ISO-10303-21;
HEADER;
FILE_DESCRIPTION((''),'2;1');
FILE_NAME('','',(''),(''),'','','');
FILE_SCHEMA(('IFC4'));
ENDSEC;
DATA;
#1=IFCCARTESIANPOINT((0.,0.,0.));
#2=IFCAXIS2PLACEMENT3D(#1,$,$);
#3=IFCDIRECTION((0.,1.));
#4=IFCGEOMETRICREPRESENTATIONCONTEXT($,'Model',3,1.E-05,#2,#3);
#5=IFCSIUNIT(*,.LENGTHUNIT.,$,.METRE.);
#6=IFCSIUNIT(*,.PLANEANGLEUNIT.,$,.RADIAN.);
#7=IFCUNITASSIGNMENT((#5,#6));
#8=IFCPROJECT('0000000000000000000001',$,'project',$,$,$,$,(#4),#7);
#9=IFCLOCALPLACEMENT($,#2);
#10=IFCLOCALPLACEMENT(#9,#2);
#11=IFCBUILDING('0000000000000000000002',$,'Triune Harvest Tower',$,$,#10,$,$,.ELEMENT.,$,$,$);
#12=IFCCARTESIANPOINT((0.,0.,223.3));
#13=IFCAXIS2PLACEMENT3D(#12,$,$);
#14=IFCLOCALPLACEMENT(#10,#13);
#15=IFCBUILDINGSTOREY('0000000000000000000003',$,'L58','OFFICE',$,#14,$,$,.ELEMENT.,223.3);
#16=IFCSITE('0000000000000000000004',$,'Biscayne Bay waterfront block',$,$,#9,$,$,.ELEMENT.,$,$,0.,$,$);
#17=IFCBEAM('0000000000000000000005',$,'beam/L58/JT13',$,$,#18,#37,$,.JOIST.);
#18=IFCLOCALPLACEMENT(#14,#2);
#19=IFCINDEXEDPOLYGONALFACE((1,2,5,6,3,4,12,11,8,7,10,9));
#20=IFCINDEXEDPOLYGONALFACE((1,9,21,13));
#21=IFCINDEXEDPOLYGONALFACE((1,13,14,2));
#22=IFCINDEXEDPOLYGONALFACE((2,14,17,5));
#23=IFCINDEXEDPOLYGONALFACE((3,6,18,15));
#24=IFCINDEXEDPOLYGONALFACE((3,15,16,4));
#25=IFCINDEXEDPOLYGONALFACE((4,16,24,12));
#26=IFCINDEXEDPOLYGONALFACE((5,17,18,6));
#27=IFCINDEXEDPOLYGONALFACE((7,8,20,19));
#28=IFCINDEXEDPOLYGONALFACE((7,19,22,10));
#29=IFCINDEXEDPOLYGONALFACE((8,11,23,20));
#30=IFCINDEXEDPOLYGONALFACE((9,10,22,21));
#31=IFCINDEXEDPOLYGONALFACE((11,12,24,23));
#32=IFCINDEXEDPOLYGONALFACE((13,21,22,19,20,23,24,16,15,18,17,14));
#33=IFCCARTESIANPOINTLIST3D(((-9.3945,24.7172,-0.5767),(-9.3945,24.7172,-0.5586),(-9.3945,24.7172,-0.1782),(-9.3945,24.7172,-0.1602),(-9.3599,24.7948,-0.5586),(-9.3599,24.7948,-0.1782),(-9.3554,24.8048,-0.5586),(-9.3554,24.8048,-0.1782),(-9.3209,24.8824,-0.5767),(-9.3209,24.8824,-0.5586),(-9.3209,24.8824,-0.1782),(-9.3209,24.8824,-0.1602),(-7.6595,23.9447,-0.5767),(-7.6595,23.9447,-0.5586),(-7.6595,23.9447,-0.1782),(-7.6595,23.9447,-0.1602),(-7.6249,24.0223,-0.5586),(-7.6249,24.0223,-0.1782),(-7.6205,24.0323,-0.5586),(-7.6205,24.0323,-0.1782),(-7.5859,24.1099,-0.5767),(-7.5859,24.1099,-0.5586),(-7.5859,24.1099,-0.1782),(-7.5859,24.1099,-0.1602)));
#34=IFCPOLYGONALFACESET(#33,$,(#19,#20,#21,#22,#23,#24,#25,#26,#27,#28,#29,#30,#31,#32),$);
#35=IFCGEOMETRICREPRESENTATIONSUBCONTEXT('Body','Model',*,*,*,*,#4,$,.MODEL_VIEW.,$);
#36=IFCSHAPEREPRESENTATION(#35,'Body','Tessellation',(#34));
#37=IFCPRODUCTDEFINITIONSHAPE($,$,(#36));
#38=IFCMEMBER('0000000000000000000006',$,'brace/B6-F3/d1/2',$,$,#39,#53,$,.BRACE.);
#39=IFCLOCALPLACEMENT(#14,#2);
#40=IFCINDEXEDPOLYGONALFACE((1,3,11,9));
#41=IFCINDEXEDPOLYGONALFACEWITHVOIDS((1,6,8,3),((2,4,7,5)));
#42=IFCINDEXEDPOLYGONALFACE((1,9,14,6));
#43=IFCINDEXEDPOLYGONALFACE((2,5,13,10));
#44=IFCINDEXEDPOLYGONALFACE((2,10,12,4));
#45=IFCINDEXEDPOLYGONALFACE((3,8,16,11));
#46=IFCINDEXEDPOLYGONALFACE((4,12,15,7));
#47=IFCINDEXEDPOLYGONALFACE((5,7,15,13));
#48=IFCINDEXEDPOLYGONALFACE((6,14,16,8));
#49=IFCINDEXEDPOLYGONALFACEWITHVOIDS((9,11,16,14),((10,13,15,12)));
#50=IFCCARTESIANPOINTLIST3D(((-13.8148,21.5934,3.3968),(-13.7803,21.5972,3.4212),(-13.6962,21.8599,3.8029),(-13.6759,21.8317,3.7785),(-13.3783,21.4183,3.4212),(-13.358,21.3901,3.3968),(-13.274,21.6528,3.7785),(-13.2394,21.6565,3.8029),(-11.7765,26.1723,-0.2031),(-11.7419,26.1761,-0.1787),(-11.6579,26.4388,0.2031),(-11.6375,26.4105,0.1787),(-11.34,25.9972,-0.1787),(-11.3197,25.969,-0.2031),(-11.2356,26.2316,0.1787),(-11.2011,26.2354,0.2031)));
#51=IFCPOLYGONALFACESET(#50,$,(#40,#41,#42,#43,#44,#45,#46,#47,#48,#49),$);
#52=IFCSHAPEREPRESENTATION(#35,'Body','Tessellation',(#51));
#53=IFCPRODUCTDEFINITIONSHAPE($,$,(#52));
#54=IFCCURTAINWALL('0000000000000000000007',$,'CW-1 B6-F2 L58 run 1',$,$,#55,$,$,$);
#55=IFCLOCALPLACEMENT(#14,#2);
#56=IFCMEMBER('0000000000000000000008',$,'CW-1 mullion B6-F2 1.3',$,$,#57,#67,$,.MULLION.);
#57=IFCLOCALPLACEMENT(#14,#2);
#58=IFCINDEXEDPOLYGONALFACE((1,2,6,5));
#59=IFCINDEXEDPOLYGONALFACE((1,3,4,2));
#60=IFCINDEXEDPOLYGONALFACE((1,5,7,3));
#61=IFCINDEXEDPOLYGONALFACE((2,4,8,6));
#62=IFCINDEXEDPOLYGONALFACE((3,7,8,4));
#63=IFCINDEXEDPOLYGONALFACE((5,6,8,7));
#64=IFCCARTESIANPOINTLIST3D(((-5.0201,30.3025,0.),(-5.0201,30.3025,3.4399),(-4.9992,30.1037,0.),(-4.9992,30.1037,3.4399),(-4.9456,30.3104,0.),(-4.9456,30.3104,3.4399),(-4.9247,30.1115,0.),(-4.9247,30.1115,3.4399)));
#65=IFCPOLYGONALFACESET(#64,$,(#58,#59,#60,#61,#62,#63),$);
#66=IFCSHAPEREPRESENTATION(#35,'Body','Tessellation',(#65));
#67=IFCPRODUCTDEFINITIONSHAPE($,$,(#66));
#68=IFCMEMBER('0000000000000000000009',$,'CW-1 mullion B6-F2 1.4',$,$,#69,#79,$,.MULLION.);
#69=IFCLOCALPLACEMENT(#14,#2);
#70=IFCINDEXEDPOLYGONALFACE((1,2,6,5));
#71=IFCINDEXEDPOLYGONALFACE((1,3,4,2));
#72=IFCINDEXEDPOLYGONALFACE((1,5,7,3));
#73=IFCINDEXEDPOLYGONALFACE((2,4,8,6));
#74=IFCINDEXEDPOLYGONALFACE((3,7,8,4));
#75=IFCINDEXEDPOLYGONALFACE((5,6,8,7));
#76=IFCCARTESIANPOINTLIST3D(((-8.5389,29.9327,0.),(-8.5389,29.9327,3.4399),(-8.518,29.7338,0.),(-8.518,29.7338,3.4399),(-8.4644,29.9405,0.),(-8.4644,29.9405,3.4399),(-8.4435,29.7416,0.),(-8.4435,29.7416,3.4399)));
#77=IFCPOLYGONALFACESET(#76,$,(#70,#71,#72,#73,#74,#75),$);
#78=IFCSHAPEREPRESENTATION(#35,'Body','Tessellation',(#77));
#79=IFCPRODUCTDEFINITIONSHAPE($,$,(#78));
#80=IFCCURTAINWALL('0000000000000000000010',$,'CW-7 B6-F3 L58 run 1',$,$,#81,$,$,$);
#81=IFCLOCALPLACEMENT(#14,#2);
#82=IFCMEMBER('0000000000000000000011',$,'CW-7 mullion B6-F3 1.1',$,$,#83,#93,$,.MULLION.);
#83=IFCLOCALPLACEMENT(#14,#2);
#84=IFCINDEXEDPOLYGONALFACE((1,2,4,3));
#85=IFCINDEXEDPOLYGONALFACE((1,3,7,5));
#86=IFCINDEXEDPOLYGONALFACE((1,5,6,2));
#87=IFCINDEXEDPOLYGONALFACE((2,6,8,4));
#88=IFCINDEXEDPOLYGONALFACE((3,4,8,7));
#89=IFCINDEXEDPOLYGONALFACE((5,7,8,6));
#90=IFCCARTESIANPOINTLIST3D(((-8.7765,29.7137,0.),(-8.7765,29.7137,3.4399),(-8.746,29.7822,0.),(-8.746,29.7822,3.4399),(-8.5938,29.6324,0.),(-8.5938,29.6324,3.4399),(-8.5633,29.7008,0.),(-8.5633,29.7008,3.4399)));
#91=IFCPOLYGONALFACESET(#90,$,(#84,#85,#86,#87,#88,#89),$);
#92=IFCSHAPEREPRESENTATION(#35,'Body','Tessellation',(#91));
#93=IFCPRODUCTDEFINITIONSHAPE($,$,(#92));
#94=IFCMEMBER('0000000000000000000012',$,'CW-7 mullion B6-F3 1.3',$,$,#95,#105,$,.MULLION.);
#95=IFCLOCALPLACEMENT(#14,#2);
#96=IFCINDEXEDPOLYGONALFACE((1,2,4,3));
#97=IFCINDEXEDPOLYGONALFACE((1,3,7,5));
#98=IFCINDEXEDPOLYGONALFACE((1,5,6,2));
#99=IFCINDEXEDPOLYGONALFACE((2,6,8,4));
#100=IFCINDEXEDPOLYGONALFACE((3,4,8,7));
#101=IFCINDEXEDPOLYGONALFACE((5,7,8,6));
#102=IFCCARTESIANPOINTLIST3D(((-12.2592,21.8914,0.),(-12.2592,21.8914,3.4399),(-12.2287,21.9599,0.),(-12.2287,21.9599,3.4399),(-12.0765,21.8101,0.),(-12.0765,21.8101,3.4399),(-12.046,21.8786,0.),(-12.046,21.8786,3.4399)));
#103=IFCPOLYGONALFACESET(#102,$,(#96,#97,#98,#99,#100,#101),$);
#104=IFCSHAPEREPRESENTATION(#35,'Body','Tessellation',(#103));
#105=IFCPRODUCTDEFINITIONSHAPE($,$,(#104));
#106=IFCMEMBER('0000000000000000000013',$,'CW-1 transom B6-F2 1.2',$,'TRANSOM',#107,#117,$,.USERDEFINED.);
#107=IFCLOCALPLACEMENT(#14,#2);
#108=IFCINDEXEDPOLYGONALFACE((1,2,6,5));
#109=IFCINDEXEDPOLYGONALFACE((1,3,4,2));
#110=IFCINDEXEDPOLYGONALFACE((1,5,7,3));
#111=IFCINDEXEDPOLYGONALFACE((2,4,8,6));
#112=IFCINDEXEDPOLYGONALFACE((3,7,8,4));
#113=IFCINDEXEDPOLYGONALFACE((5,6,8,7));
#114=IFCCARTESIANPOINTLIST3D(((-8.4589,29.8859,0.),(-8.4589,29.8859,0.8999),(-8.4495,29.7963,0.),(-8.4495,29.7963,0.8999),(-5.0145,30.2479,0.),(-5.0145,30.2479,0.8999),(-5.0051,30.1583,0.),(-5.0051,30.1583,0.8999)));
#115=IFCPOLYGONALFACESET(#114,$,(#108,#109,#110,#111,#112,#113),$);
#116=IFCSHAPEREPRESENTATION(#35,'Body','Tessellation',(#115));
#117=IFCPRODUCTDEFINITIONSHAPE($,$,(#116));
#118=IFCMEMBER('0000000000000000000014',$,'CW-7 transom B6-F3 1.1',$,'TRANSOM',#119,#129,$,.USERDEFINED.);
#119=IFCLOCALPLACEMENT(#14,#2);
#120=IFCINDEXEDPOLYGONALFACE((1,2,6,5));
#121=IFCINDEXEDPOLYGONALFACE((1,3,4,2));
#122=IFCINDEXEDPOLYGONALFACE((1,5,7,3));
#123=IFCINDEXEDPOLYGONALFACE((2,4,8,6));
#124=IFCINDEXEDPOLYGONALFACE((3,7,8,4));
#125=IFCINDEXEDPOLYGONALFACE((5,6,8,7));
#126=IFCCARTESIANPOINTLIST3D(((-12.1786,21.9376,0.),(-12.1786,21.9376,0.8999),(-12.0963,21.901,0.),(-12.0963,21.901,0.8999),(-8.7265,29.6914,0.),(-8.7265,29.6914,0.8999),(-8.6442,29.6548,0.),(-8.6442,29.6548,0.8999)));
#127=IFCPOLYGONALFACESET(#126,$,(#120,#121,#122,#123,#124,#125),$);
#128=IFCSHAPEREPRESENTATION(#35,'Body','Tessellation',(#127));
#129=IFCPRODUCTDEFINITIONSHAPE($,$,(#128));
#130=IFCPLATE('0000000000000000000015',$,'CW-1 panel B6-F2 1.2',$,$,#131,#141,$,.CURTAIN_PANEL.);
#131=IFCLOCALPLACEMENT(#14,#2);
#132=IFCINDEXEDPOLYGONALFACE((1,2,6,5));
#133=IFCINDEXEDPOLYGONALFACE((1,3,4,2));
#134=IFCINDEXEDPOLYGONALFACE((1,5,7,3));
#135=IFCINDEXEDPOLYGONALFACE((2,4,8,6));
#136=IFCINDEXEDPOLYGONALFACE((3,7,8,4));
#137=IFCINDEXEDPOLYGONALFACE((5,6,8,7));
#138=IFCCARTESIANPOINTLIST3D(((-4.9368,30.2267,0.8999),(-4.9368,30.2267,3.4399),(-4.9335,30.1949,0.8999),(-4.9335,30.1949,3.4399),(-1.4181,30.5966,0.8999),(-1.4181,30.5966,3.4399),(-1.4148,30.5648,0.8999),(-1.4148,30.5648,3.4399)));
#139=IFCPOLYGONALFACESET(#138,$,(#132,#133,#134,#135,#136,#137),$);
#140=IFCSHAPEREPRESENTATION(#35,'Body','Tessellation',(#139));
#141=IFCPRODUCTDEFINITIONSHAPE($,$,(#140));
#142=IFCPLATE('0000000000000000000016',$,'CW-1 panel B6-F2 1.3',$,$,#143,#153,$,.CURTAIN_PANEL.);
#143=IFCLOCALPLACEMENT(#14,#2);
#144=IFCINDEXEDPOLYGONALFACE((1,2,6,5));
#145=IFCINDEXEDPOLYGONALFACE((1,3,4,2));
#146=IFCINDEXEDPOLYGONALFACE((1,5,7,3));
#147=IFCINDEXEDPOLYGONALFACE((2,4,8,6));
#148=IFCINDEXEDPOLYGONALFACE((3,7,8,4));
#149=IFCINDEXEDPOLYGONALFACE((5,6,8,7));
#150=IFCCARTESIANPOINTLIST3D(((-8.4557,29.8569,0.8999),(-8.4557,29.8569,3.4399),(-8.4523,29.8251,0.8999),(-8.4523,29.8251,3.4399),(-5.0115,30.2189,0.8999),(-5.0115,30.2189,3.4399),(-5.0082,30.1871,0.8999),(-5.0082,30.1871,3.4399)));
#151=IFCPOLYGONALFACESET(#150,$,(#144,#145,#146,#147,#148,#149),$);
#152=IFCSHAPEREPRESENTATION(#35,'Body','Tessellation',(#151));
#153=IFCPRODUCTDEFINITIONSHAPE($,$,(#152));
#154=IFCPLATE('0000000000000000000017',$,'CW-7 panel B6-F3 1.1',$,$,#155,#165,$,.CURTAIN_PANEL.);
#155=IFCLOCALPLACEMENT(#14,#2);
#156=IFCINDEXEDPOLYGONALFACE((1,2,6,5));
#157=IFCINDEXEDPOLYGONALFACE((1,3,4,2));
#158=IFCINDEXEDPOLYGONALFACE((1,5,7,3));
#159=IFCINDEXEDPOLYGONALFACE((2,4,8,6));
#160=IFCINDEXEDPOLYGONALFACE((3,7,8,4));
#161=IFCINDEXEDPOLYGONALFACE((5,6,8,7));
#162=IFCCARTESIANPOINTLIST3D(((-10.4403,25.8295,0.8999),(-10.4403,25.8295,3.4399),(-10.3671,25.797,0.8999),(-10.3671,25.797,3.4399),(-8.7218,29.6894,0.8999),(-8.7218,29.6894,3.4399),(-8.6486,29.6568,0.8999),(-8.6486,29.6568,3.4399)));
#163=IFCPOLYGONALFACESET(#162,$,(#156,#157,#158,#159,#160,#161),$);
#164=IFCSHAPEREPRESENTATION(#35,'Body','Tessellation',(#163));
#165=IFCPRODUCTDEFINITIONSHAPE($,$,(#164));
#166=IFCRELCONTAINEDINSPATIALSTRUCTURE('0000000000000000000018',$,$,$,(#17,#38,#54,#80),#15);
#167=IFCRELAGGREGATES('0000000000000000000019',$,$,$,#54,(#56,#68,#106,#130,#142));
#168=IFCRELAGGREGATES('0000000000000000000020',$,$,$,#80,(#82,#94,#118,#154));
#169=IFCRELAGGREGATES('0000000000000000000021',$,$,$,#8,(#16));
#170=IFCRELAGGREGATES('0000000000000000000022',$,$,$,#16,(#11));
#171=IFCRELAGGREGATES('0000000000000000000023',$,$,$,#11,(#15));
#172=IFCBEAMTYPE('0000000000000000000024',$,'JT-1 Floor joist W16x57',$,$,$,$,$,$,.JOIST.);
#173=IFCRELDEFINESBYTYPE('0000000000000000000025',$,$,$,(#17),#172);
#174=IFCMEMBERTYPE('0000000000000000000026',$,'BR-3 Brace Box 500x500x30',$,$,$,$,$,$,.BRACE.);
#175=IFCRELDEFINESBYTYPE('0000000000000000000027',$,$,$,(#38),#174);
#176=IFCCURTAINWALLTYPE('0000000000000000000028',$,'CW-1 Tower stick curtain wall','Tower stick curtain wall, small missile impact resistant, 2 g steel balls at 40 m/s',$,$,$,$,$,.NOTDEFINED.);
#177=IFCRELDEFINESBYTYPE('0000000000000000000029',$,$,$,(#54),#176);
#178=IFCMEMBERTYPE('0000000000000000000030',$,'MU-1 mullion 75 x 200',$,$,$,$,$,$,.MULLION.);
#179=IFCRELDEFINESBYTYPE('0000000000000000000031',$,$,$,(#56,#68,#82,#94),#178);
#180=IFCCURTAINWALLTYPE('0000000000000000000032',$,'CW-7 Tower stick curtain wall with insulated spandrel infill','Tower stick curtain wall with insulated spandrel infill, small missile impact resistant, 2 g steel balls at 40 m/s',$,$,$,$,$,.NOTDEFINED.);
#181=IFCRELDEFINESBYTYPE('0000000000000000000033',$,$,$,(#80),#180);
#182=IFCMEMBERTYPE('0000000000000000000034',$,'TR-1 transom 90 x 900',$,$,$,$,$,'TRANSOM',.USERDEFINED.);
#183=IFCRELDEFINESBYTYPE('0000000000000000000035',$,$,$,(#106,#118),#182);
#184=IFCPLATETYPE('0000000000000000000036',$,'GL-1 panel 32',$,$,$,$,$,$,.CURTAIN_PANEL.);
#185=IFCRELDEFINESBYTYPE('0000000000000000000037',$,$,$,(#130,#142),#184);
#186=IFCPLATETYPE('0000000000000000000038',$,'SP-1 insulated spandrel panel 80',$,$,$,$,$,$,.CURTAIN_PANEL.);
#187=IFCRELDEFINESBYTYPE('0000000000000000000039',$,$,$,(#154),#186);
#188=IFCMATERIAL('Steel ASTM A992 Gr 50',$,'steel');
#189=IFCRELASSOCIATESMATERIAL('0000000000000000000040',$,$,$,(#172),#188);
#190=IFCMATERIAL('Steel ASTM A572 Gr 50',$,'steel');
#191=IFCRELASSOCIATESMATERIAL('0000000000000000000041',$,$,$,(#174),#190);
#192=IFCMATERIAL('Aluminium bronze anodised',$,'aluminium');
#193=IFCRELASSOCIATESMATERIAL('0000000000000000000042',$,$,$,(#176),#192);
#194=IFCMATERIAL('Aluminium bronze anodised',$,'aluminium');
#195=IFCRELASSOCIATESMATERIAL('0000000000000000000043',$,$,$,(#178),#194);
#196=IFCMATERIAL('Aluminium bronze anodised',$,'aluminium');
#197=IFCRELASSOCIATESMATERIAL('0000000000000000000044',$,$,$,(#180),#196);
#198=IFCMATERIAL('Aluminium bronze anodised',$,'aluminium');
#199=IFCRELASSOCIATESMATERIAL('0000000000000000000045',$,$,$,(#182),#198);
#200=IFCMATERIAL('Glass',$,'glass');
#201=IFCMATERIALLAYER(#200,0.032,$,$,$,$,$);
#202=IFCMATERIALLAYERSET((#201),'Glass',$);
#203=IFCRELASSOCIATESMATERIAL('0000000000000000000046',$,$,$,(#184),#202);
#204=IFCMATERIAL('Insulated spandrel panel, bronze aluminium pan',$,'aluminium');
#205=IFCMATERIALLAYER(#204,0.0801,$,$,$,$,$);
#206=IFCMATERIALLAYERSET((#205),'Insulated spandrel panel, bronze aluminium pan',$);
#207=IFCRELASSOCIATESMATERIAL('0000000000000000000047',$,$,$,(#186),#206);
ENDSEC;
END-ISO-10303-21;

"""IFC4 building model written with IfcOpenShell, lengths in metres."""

from ifc_helpers import new_model, si_unit, direction, frame, origin, origin_2d, place, context, subcontext, project, spatial, rectangle, hollow_rectangle, i_section, extrude, source, transform, mapped, material, layer, layer_set, material_profile, profile_set, type_object, element, aggregate, save


model = new_model("IFC4")

# Units and contexts
model_context = context("Model", 3, precision=1e-05, world=origin(), true_north=direction((0.0, 1.0)))
body_context = subcontext(model_context, "Body", "Model", "MODEL_VIEW")
ifc_project = project(units=[si_unit("LENGTHUNIT", "METRE"), si_unit("PLANEANGLEUNIT", "RADIAN")], contexts=[model_context])

# Site, building, storey
site_placement = place(None, origin())
site = spatial("IfcSite", under=ifc_project, at=site_placement, Name="Biscayne Bay waterfront block", CompositionType="ELEMENT", RefElevation=0.0)
building_placement = place(site_placement, origin())
building = spatial("IfcBuilding", under=site, at=building_placement, Name="Triune Harvest Tower", CompositionType="ELEMENT")
storey_placement = place(building_placement, frame((0.0, 0.0, 223.3)))
storey = spatial("IfcBuildingStorey", under=building, at=storey_placement, Name="L58", Description="OFFICE", CompositionType="ELEMENT", Elevation=223.3)

# Beam
ifc_material_1 = material(Name="Steel ASTM A992 Gr 50", Category="steel")
ifc_material_profile_1 = material_profile(ifc_material_1, i_section(OverallWidth=0.1809, OverallDepth=0.4165, WebThickness=0.011, FlangeThickness=0.0181, at=origin_2d()), Name="W16x57")
ifc_profile_set_1 = profile_set([ifc_material_profile_1], Name="Steel ASTM A992 Gr 50")
beam_type_1 = type_object("IfcBeamType", Name="JT-1 Floor joist W16x57", PredefinedType="JOIST", material=ifc_profile_set_1)
shared_shape_1 = source(origin(), body_context, "Body", "SweptSolid", [
    extrude(i_section(OverallWidth=0.1809, OverallDepth=0.4165, WebThickness=0.011, FlangeThickness=0.0181, at=origin_2d()), origin(), (0.0, 0.0, 1.0), 1.8992),
])
beam_1_placement = place(storey_placement, frame((-9.3577, 24.7998, -0.3684), z_axis=(0.913536, -0.406759, 0.0), x_axis=(0.406759, 0.913536, 0.0)))
element("IfcBeam", 1, at=beam_1_placement, inside=storey, type_object=beam_type_1, Name="beam/L58/JT13", PredefinedType="JOIST", context=body_context, shape_type="MappedRepresentation", body=[
    mapped(shared_shape_1, transform((0.0, 0.0, 0.0), scale=1.0)),
])

# Member
ifc_material_2 = material(Name="Steel ASTM A572 Gr 50", Category="steel")
ifc_material_profile_2 = material_profile(ifc_material_2, hollow_rectangle(XDim=0.5, YDim=0.5, WallThickness=0.03, at=origin_2d()), Name="Box 500x500x30")
ifc_profile_set_2 = profile_set([ifc_material_profile_2], Name="Steel ASTM A572 Gr 50")
member_type_1 = type_object("IfcMemberType", Name="BR-3 Brace Box 500x500x30", PredefinedType="BRACE", material=ifc_profile_set_2)
shared_shape_2 = source(origin(), body_context, "Body", "SweptSolid", [
    extrude(hollow_rectangle(XDim=0.5, YDim=0.5, WallThickness=0.03, at=origin_2d()), origin(), (0.0, 0.0, 1.0), 6.1709),
])
member_1_placement = place(storey_placement, frame((-11.4888, 26.2039, 0.0), z_axis=(-0.330315, -0.742011, 0.583362), x_axis=(0.913568, -0.406685, 0.0)))
element("IfcMember", 2, at=member_1_placement, inside=storey, type_object=member_type_1, Name="brace/B6-F3/d1/2", PredefinedType="BRACE", context=body_context, shape_type="MappedRepresentation", body=[
    mapped(shared_shape_2, transform((0.0, 0.0, 0.0), scale=1.0)),
])

# Curtain walls, members
ifc_material_3 = material(Name="Aluminium bronze anodised", Category="aluminium")
curtain_wall_type_1 = type_object("IfcCurtainWallType", Name="CW-1 Tower stick curtain wall", Description="Tower stick curtain wall, small missile impact resistant, 2 g steel balls at 40 m/s", PredefinedType="NOTDEFINED", material=ifc_material_3)
curtain_wall_1_placement = place(storey_placement, origin())
curtain_wall_1 = element("IfcCurtainWall", 3, at=curtain_wall_1_placement, inside=storey, type_object=curtain_wall_type_1, Name="CW-1 B6-F2 L58 run 1")
ifc_material_4 = material(Name="Aluminium bronze anodised", Category="aluminium")
ifc_material_profile_3 = material_profile(ifc_material_4, rectangle(XDim=0.2, YDim=0.075, at=origin_2d()), Name="MU-1 mullion 75 x 200")
ifc_profile_set_3 = profile_set([ifc_material_profile_3], Name="Aluminium bronze anodised")
member_type_2 = type_object("IfcMemberType", Name="MU-1 mullion 75 x 200", PredefinedType="MULLION", material=ifc_profile_set_3)
shared_shape_3 = source(origin(), body_context, "Body", "SweptSolid", [
    extrude(rectangle(XDim=0.2, YDim=0.075, at=origin_2d()), origin(), (0.0, 0.0, 1.0), 3.4399),
])
member_2_placement = place(storey_placement, frame((-4.9724, 30.207, 0.0), z_axis=(0.0, 0.0, 1.0), x_axis=(0.10453, -0.994522, 0.0)))
member_2 = element("IfcMember", 4, at=member_2_placement, type_object=member_type_2, Name="CW-1 mullion B6-F2 1.3", PredefinedType="MULLION", context=body_context, shape_type="MappedRepresentation", body=[
    mapped(shared_shape_3, transform((0.0, 0.0, 0.0), scale=1.0)),
])
member_3_placement = place(storey_placement, frame((-8.4912, 29.8372, 0.0), z_axis=(0.0, 0.0, 1.0), x_axis=(0.10453, -0.994522, 0.0)))
member_3 = element("IfcMember", 5, at=member_3_placement, type_object=member_type_2, Name="CW-1 mullion B6-F2 1.4", PredefinedType="MULLION", context=body_context, shape_type="MappedRepresentation", body=[
    mapped(shared_shape_3, transform((0.0, 0.0, 0.0), scale=1.0)),
])
ifc_material_5 = material(Name="Aluminium bronze anodised", Category="aluminium")
curtain_wall_type_2 = type_object("IfcCurtainWallType", Name="CW-7 Tower stick curtain wall with insulated spandrel infill", Description="Tower stick curtain wall with insulated spandrel infill, small missile impact resistant, 2 g steel balls at 40 m/s", PredefinedType="NOTDEFINED", material=ifc_material_5)
curtain_wall_2_placement = place(storey_placement, origin())
curtain_wall_2 = element("IfcCurtainWall", 6, at=curtain_wall_2_placement, inside=storey, type_object=curtain_wall_type_2, Name="CW-7 B6-F3 L58 run 1")
member_4_placement = place(storey_placement, frame((-8.6699, 29.7073, 0.0), z_axis=(0.0, 0.0, 1.0), x_axis=(0.913546, -0.406736, 0.0)))
member_4 = element("IfcMember", 7, at=member_4_placement, type_object=member_type_2, Name="CW-7 mullion B6-F3 1.1", PredefinedType="MULLION", context=body_context, shape_type="MappedRepresentation", body=[
    mapped(shared_shape_3, transform((0.0, 0.0, 0.0), scale=1.0)),
])
member_5_placement = place(storey_placement, frame((-12.1526, 21.885, 0.0), z_axis=(0.0, 0.0, 1.0), x_axis=(0.913546, -0.406736, 0.0)))
member_5 = element("IfcMember", 8, at=member_5_placement, type_object=member_type_2, Name="CW-7 mullion B6-F3 1.3", PredefinedType="MULLION", context=body_context, shape_type="MappedRepresentation", body=[
    mapped(shared_shape_3, transform((0.0, 0.0, 0.0), scale=1.0)),
])

# Members
ifc_material_6 = material(Name="Aluminium bronze anodised", Category="aluminium")
ifc_material_profile_4 = material_profile(ifc_material_6, rectangle(XDim=0.0901, YDim=0.8999, at=origin_2d()), Name="TR-1 transom 90 x 900")
ifc_profile_set_4 = profile_set([ifc_material_profile_4], Name="Aluminium bronze anodised")
member_type_3 = type_object("IfcMemberType", Name="TR-1 transom 90 x 900", ElementType="TRANSOM", PredefinedType="USERDEFINED", material=ifc_profile_set_4)
shared_shape_4 = source(origin(), body_context, "Body", "SweptSolid", [
    extrude(rectangle(XDim=0.0901, YDim=0.8999, at=origin_2d()), origin(), (0.0, 0.0, 1.0), 3.4634),
])
member_6_placement = place(storey_placement, frame((-5.0098, 30.2031, 0.45), z_axis=(-0.994521, -0.104542, 0.0), x_axis=(0.104542, -0.994521, 0.0)))
member_6 = element("IfcMember", 9, at=member_6_placement, type_object=member_type_3, Name="CW-1 transom B6-F2 1.2", ObjectType="TRANSOM", PredefinedType="USERDEFINED", context=body_context, shape_type="MappedRepresentation", body=[
    mapped(shared_shape_4, transform((0.0, 0.0, 0.0), scale=1.0)),
])
shared_shape_5 = source(origin(), body_context, "Body", "SweptSolid", [
    extrude(rectangle(XDim=0.0901, YDim=0.8999, at=origin_2d()), origin(), (0.0, 0.0, 1.0), 8.4875),
])
member_7_placement = place(storey_placement, frame((-8.6853, 29.6731, 0.45), z_axis=(-0.406726, -0.91355, 0.0), x_axis=(0.91355, -0.406726, 0.0)))
member_7 = element("IfcMember", 10, at=member_7_placement, type_object=member_type_3, Name="CW-7 transom B6-F3 1.1", ObjectType="TRANSOM", PredefinedType="USERDEFINED", context=body_context, shape_type="MappedRepresentation", body=[
    mapped(shared_shape_5, transform((0.0, 0.0, 0.0), scale=1.0)),
])

# Plates
ifc_material_7 = material(Name="Glass", Category="glass")
ifc_layer_1 = layer(ifc_material_7, 0.032)
ifc_layer_set_1 = layer_set([ifc_layer_1], Name="Glass")
plate_type_1 = type_object("IfcPlateType", Name="GL-1 panel 32", PredefinedType="CURTAIN_PANEL", material=ifc_layer_set_1)
shared_shape_6 = source(origin(), body_context, "Body", "SweptSolid", [
    extrude(rectangle(XDim=3.5381, YDim=0.032, at=origin_2d()), origin(), (0.0, 0.0, 1.0), 2.54),
])
plate_1_placement = place(storey_placement, frame((-3.1758, 30.3958, 0.8999), z_axis=(0.0, 0.0, 1.0), x_axis=(-0.994522, -0.10453, 0.0)))
plate_1 = element("IfcPlate", 11, at=plate_1_placement, type_object=plate_type_1, Name="CW-1 panel B6-F2 1.2", PredefinedType="CURTAIN_PANEL", context=body_context, shape_type="MappedRepresentation", body=[
    mapped(shared_shape_6, transform((0.0, 0.0, 0.0), scale=1.0)),
])
shared_shape_7 = source(origin(), body_context, "Body", "SweptSolid", [
    extrude(rectangle(XDim=3.4631, YDim=0.032, at=origin_2d()), origin(), (0.0, 0.0, 1.0), 2.54),
])
plate_2_placement = place(storey_placement, frame((-6.7319, 30.022, 0.8999), z_axis=(0.0, 0.0, 1.0), x_axis=(-0.994522, -0.10453, 0.0)))
plate_2 = element("IfcPlate", 12, at=plate_2_placement, type_object=plate_type_1, Name="CW-1 panel B6-F2 1.3", PredefinedType="CURTAIN_PANEL", context=body_context, shape_type="MappedRepresentation", body=[
    mapped(shared_shape_7, transform((0.0, 0.0, 0.0), scale=1.0)),
])
aggregate(curtain_wall_1, [member_2, member_3, member_6, plate_1, plate_2])
ifc_material_8 = material(Name="Insulated spandrel panel, bronze aluminium pan", Category="aluminium")
ifc_layer_2 = layer(ifc_material_8, 0.0801)
ifc_layer_set_2 = layer_set([ifc_layer_2], Name="Insulated spandrel panel, bronze aluminium pan")
plate_type_2 = type_object("IfcPlateType", Name="SP-1 insulated spandrel panel 80", PredefinedType="CURTAIN_PANEL", material=ifc_layer_set_2)
shared_shape_8 = source(origin(), body_context, "Body", "SweptSolid", [
    extrude(rectangle(XDim=4.2251, YDim=0.0801, at=origin_2d()), origin(), (0.0, 0.0, 1.0), 2.54),
])
plate_3_placement = place(storey_placement, frame((-9.5444, 27.7432, 0.8999), z_axis=(0.0, 0.0, 1.0), x_axis=(-0.406736, -0.913546, 0.0)))
plate_3 = element("IfcPlate", 13, at=plate_3_placement, type_object=plate_type_2, Name="CW-7 panel B6-F3 1.1", PredefinedType="CURTAIN_PANEL", context=body_context, shape_type="MappedRepresentation", body=[
    mapped(shared_shape_8, transform((0.0, 0.0, 0.0), scale=1.0)),
])
aggregate(curtain_wall_2, [member_4, member_5, member_7, plate_3])

save(model, "model.ifc")
